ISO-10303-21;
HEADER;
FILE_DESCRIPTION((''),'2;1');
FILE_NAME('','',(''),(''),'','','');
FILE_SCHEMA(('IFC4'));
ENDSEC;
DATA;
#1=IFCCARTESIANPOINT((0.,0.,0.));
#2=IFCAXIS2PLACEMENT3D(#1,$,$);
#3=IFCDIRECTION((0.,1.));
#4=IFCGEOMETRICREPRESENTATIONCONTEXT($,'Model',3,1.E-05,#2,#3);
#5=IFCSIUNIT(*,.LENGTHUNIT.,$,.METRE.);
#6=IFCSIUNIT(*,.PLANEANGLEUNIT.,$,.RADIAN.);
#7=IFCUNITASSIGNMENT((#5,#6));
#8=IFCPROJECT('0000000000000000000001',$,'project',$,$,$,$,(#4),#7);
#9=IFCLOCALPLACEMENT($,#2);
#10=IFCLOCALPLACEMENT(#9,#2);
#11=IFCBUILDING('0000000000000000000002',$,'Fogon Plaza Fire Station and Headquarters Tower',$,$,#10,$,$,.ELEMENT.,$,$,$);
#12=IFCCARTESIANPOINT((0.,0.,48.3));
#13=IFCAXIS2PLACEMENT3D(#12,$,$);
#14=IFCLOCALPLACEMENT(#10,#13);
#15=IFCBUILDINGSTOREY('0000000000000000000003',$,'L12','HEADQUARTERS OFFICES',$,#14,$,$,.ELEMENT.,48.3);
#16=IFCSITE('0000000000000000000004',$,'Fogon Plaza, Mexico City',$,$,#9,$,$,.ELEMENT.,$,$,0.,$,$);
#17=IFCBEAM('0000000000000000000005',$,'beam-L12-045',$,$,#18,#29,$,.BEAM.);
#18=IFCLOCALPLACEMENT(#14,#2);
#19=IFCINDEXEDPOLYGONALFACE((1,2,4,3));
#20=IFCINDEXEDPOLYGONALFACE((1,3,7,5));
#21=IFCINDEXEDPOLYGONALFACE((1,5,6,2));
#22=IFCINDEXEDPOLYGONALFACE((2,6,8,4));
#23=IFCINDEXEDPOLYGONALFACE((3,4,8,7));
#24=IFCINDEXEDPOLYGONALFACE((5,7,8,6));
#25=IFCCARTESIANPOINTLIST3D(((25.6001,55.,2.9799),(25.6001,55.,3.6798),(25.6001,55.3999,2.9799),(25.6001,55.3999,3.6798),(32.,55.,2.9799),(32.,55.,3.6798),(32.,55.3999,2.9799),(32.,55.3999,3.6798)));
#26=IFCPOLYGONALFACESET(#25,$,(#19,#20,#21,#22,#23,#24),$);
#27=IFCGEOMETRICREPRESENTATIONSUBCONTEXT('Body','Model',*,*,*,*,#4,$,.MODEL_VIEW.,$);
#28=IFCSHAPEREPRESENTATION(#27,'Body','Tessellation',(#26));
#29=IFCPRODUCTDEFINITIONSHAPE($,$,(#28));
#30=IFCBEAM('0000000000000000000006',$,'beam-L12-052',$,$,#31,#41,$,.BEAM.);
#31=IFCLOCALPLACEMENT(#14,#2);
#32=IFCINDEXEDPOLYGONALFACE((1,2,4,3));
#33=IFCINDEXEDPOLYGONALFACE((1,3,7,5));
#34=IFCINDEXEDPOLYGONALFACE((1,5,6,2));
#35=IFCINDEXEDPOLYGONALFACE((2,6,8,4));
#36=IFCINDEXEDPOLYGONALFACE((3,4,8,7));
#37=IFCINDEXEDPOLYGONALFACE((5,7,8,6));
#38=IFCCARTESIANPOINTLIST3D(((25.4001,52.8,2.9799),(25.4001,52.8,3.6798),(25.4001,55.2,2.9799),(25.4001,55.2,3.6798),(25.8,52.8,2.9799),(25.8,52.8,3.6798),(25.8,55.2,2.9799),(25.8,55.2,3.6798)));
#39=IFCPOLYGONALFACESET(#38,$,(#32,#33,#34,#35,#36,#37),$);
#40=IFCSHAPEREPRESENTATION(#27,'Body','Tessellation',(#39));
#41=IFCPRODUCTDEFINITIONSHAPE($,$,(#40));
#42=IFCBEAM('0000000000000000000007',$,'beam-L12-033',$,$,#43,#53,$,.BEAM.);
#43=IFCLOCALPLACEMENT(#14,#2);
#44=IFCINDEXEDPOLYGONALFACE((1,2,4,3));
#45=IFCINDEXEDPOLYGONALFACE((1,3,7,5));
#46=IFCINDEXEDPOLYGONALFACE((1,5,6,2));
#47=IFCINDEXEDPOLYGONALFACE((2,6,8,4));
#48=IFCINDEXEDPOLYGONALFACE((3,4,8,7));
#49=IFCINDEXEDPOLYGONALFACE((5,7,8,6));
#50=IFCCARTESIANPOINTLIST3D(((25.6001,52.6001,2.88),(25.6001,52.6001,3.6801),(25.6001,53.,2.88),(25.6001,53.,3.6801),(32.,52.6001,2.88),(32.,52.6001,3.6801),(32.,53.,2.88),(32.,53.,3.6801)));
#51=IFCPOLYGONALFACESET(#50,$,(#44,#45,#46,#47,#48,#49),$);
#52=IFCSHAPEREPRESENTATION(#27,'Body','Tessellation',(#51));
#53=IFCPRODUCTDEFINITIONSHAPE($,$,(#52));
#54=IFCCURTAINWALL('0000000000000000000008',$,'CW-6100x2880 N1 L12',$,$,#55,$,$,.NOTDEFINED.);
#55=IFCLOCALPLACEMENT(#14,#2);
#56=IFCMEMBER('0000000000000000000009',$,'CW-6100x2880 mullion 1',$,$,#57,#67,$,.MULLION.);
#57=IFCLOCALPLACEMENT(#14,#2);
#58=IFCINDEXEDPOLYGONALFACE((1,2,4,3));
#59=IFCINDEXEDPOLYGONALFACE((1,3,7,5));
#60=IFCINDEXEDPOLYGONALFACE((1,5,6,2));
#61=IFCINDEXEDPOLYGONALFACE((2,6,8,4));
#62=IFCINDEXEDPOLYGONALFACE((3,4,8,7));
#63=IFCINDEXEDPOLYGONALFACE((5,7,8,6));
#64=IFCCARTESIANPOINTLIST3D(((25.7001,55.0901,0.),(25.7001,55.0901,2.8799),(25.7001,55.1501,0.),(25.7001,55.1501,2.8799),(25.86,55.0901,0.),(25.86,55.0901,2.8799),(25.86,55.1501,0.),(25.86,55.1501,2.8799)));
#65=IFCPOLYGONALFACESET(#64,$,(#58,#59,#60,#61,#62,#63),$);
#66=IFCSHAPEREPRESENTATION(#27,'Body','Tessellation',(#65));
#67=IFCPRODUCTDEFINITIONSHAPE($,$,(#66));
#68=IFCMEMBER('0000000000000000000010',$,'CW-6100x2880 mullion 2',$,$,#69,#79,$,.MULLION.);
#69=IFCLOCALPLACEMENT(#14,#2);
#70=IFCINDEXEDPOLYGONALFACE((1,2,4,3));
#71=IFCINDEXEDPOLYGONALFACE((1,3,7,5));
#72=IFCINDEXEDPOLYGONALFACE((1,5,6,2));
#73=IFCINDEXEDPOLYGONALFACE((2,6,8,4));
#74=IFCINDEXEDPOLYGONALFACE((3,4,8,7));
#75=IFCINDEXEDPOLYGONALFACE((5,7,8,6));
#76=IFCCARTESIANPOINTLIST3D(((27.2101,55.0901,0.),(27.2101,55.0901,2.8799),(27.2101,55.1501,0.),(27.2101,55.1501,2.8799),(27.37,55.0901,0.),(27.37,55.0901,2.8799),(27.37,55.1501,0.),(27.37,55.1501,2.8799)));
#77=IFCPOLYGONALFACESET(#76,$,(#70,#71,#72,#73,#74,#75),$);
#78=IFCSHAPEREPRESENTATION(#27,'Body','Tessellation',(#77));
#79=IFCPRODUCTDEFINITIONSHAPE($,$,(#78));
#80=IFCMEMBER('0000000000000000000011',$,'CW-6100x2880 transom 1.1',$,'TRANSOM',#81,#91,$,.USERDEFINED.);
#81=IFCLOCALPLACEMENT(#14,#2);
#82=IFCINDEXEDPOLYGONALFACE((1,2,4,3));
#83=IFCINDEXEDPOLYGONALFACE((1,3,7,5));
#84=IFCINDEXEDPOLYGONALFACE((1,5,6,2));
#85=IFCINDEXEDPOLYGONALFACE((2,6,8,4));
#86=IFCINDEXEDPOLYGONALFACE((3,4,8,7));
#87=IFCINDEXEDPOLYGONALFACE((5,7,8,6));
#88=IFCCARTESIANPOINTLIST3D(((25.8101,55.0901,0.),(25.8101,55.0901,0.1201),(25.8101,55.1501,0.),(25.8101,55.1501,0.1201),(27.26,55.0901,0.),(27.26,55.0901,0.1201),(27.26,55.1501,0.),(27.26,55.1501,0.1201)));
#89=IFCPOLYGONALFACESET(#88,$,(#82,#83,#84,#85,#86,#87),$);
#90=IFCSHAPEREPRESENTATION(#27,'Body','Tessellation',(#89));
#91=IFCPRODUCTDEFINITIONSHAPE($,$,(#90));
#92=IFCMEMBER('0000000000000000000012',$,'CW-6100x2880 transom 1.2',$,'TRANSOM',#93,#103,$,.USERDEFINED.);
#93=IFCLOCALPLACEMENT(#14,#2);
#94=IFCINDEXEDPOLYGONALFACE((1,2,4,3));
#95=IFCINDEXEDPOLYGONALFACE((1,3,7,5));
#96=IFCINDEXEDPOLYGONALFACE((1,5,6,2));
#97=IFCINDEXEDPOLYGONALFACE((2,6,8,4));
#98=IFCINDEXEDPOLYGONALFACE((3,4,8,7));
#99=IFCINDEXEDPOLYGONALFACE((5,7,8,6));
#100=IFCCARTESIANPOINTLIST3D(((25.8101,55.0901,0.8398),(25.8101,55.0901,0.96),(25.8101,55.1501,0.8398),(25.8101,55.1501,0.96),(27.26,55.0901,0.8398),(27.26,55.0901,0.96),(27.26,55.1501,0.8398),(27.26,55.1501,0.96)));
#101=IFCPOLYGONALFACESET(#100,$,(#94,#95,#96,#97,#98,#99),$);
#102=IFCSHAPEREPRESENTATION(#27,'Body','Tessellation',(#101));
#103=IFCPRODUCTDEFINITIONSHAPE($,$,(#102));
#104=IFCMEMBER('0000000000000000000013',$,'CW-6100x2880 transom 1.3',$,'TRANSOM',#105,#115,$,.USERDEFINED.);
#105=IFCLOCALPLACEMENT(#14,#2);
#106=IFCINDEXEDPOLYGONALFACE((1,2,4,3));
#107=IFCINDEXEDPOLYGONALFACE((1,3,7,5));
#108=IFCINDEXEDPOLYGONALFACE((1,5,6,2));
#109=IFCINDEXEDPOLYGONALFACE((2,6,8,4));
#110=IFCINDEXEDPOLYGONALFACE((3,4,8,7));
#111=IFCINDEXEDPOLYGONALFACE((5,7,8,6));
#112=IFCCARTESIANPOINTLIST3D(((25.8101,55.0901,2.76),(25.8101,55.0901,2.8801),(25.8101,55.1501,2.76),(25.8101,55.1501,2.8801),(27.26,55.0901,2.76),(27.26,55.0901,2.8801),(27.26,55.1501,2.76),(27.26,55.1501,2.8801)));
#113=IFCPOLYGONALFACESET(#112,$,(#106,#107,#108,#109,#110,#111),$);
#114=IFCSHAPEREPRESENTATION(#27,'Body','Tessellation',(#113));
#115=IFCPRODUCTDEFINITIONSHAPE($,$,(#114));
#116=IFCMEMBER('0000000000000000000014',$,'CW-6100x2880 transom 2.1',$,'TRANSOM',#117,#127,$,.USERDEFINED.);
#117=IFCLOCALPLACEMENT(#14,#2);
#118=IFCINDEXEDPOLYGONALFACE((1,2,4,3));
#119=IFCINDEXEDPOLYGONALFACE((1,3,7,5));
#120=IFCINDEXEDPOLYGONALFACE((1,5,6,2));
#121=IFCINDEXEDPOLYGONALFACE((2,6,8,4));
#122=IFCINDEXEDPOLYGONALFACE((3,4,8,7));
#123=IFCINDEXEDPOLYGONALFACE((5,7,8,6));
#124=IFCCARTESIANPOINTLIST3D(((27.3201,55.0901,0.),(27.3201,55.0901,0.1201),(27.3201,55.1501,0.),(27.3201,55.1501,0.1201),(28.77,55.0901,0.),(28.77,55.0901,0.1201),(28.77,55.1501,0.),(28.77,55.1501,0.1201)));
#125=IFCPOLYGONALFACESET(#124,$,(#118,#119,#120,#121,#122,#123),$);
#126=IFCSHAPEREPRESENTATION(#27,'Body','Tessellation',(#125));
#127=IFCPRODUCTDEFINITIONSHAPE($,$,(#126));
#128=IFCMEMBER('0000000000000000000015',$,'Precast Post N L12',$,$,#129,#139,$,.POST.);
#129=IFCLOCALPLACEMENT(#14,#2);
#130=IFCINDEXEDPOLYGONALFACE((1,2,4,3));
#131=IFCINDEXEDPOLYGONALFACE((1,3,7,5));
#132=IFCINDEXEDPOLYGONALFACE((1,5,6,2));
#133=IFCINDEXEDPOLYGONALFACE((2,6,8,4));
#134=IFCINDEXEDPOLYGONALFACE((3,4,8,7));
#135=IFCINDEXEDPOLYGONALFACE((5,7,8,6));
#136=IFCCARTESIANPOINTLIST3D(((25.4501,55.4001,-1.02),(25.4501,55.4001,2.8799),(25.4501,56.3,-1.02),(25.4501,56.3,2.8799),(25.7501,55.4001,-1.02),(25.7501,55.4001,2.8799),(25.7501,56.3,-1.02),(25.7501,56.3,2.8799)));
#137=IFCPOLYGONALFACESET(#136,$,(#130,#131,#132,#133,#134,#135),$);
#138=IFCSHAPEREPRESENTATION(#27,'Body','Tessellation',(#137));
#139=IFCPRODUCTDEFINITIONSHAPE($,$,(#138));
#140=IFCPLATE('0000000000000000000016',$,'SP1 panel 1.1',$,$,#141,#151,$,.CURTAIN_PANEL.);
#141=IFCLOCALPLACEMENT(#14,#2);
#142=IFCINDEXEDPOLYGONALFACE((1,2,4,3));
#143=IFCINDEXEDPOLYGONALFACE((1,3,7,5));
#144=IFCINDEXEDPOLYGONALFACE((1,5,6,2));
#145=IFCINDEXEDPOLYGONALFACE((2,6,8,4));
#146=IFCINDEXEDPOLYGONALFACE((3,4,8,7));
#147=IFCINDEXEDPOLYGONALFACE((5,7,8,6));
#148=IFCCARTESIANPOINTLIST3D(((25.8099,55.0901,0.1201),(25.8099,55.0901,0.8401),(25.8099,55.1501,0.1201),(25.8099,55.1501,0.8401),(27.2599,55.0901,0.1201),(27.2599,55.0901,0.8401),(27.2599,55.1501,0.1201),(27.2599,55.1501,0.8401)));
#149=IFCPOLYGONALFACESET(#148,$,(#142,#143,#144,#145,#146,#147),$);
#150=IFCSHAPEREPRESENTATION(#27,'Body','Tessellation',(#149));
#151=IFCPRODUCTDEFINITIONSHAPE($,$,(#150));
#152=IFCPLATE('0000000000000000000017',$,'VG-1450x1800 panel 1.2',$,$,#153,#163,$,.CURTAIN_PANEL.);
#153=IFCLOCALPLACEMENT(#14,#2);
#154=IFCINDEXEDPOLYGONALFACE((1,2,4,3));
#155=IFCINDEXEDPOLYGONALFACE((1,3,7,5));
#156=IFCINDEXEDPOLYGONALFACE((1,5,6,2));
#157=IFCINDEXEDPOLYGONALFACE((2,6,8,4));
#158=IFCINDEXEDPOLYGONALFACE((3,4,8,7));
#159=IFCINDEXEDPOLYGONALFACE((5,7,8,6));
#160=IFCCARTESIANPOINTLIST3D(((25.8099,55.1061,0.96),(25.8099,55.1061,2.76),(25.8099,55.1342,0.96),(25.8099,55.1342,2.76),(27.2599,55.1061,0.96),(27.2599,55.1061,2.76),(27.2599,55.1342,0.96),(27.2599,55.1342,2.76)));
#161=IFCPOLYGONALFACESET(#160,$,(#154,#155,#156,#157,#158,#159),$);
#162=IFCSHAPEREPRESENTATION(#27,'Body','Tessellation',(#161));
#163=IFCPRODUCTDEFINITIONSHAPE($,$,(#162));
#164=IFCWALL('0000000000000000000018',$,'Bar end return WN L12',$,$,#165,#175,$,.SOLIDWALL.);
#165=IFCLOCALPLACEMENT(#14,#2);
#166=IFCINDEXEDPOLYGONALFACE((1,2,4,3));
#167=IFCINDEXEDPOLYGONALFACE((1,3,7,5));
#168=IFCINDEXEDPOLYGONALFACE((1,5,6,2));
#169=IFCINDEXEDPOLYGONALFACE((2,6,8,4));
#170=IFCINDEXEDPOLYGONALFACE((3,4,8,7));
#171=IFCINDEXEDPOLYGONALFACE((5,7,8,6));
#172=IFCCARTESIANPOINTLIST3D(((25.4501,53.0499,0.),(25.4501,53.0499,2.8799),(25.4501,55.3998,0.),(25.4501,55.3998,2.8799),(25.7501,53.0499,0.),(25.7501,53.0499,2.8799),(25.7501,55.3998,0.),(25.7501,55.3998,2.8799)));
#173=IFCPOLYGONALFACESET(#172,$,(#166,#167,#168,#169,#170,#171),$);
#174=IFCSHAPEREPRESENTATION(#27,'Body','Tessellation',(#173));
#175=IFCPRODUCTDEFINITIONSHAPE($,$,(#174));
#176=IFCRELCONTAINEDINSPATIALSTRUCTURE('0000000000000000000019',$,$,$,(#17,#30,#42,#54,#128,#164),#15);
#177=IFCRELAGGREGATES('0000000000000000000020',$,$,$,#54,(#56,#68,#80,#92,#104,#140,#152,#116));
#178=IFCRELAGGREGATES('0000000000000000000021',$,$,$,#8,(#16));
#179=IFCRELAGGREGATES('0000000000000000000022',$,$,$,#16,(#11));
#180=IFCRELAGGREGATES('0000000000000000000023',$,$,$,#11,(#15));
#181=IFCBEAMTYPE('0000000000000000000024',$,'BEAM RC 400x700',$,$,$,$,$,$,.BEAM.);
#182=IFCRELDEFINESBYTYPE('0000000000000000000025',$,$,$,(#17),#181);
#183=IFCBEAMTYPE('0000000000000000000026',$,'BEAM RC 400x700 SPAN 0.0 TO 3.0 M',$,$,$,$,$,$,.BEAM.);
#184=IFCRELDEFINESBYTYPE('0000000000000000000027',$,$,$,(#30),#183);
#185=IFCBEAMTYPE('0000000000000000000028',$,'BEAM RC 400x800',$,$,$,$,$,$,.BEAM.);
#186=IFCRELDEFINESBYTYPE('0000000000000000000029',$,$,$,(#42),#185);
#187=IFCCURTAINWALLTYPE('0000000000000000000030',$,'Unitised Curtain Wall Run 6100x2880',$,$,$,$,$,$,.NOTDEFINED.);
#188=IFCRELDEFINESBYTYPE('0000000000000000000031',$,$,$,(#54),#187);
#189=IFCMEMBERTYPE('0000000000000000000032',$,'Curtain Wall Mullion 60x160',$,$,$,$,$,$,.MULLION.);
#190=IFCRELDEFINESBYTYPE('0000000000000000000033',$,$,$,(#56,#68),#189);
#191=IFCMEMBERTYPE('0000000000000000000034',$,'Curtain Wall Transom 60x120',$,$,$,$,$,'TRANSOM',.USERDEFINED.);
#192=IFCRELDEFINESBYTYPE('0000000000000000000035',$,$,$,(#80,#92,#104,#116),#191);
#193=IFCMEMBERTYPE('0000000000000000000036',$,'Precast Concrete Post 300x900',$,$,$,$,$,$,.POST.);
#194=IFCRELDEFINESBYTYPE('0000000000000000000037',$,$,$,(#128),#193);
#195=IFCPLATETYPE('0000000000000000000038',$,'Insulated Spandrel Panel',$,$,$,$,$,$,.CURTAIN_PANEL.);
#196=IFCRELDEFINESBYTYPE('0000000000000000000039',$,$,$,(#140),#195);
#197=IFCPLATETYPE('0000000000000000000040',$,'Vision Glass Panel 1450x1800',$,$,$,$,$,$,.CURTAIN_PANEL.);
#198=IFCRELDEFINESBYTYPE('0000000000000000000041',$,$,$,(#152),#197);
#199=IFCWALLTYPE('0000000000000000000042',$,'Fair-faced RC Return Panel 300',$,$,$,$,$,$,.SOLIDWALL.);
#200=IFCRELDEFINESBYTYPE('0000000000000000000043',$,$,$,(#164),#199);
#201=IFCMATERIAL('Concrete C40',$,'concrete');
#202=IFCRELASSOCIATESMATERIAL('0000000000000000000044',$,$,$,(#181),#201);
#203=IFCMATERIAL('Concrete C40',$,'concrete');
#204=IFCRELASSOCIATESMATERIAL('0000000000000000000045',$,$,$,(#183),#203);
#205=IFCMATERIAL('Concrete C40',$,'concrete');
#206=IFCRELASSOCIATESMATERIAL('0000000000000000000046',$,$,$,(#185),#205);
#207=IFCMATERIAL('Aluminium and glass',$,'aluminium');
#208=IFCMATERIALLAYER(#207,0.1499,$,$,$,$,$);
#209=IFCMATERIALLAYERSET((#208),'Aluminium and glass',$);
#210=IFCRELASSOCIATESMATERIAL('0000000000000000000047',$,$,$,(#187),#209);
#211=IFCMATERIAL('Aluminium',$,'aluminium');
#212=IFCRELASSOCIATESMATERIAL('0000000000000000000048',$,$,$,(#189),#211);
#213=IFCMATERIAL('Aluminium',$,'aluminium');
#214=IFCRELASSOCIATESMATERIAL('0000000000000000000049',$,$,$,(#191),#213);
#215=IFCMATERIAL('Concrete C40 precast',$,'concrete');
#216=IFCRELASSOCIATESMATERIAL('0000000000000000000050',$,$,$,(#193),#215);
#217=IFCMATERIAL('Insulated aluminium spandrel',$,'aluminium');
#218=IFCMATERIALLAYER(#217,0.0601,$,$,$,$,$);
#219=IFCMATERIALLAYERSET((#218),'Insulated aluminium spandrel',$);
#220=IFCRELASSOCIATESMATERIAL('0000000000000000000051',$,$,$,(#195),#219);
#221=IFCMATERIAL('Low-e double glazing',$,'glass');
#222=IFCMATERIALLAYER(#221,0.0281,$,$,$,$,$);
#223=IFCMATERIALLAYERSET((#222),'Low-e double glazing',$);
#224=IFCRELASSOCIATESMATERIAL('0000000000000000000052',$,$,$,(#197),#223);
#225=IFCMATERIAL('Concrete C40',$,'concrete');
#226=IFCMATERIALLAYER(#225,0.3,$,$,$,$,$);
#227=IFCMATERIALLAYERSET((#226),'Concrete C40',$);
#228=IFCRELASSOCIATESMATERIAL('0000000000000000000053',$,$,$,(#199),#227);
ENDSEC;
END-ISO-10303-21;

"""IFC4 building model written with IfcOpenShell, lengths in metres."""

from ifc_helpers import new_model, si_unit, direction, frame, frame_2d, origin, origin_2d, place, context, subcontext, project, spatial, rectangle, extrude, material, layer, layer_set, material_profile, profile_set, type_object, element, aggregate, save


model = new_model("IFC4")

# Units and contexts
model_context = context("Model", 3, precision=1e-05, world=origin(), true_north=direction((0.0, 1.0)))
body_context = subcontext(model_context, "Body", "Model", "MODEL_VIEW")
ifc_project = project(units=[si_unit("LENGTHUNIT", "METRE"), si_unit("PLANEANGLEUNIT", "RADIAN")], contexts=[model_context])

# Site, building, storey
site_placement = place(None, origin())
site = spatial("IfcSite", under=ifc_project, at=site_placement, Name="Fogon Plaza, Mexico City", CompositionType="ELEMENT", RefElevation=0.0)
building_placement = place(site_placement, origin())
building = spatial("IfcBuilding", under=site, at=building_placement, Name="Fogon Plaza Fire Station and Headquarters Tower", CompositionType="ELEMENT")
storey_placement = place(building_placement, frame((0.0, 0.0, 48.3)))
storey = spatial("IfcBuildingStorey", under=building, at=storey_placement, Name="L12", Description="HEADQUARTERS OFFICES", CompositionType="ELEMENT", Elevation=48.3)

# Beams
ifc_material_1 = material(Name="Concrete C40", Category="concrete")
ifc_material_profile_1 = material_profile(ifc_material_1, rectangle(XDim=0.3999, YDim=0.7, at=origin_2d()), Name="RC 400x700")
ifc_profile_set_1 = profile_set([ifc_material_profile_1], Name="Concrete C40")
beam_type_1 = type_object("IfcBeamType", Name="BEAM RC 400x700", PredefinedType="BEAM", material=ifc_profile_set_1)
beam_1_placement = place(storey_placement, frame((25.6001, 55.2, 3.3298), z_axis=(1.0, 0.0, 0.0), x_axis=(0.0, 1.0, 0.0)))
element("IfcBeam", 1, at=beam_1_placement, inside=storey, type_object=beam_type_1, Name="beam-L12-045", PredefinedType="BEAM", context=body_context, shape_type="SweptSolid", body=[
    extrude(rectangle(XDim=0.3999, YDim=0.7, at=origin_2d()), origin(), (0.0, 0.0, 1.0), 6.3999),
])
ifc_material_2 = material(Name="Concrete C40", Category="concrete")
ifc_material_profile_2 = material_profile(ifc_material_2, rectangle(XDim=0.3999, YDim=0.7, at=origin_2d()), Name="RC 400x700")
ifc_profile_set_2 = profile_set([ifc_material_profile_2], Name="Concrete C40")
beam_type_2 = type_object("IfcBeamType", Name="BEAM RC 400x700 SPAN 0.0 TO 3.0 M", PredefinedType="BEAM", material=ifc_profile_set_2)
beam_2_placement = place(storey_placement, frame((25.6001, 52.8, 3.3298), z_axis=(0.0, 1.0, 0.0), x_axis=(-1.0, 0.0, 0.0)))
element("IfcBeam", 2, at=beam_2_placement, inside=storey, type_object=beam_type_2, Name="beam-L12-052", PredefinedType="BEAM", context=body_context, shape_type="SweptSolid", body=[
    extrude(rectangle(XDim=0.3999, YDim=0.7, at=origin_2d()), origin(), (0.0, 0.0, 1.0), 2.3999),
])
ifc_material_3 = material(Name="Concrete C40", Category="concrete")
ifc_material_profile_3 = material_profile(ifc_material_3, rectangle(XDim=0.3999, YDim=0.8, at=origin_2d()), Name="RC 400x800")
ifc_profile_set_3 = profile_set([ifc_material_profile_3], Name="Concrete C40")
beam_type_3 = type_object("IfcBeamType", Name="BEAM RC 400x800", PredefinedType="BEAM", material=ifc_profile_set_3)
beam_3_placement = place(storey_placement, frame((25.6001, 52.8, 3.28), z_axis=(1.0, 0.0, 0.0), x_axis=(0.0, 1.0, 0.0)))
element("IfcBeam", 3, at=beam_3_placement, inside=storey, type_object=beam_type_3, Name="beam-L12-033", PredefinedType="BEAM", context=body_context, shape_type="SweptSolid", body=[
    extrude(rectangle(XDim=0.3999, YDim=0.8, at=origin_2d()), origin(), (0.0, 0.0, 1.0), 6.3999),
])

# Curtain wall, members
ifc_material_4 = material(Name="Aluminium and glass", Category="aluminium")
ifc_layer_1 = layer(ifc_material_4, 0.1499)
ifc_layer_set_1 = layer_set([ifc_layer_1], Name="Aluminium and glass")
curtain_wall_type = type_object("IfcCurtainWallType", Name="Unitised Curtain Wall Run 6100x2880", PredefinedType="NOTDEFINED", material=ifc_layer_set_1)
curtain_wall_placement = place(storey_placement, origin())
curtain_wall = element("IfcCurtainWall", 4, at=curtain_wall_placement, inside=storey, type_object=curtain_wall_type, Name="CW-6100x2880 N1 L12", PredefinedType="NOTDEFINED")
ifc_material_5 = material(Name="Aluminium", Category="aluminium")
ifc_material_profile_4 = material_profile(ifc_material_5, rectangle(XDim=0.0601, YDim=0.1599, at=origin_2d()), Name="Curtain Wall Mullion 60x160")
ifc_profile_set_4 = profile_set([ifc_material_profile_4], Name="Aluminium")
member_type_1 = type_object("IfcMemberType", Name="Curtain Wall Mullion 60x160", PredefinedType="MULLION", material=ifc_profile_set_4)
member_1_placement = place(storey_placement, frame((25.78, 55.1201, 0.0), z_axis=(0.0, 0.0, 1.0), x_axis=(0.0, 1.0, 0.0)))
member_1 = element("IfcMember", 5, at=member_1_placement, type_object=member_type_1, Name="CW-6100x2880 mullion 1", PredefinedType="MULLION", context=body_context, shape_type="SweptSolid", body=[
    extrude(rectangle(XDim=0.0601, YDim=0.1599, at=origin_2d()), origin(), (0.0, 0.0, 1.0), 2.8799),
])
member_2_placement = place(storey_placement, frame((27.29, 55.1201, 0.0), z_axis=(0.0, 0.0, 1.0), x_axis=(0.0, 1.0, 0.0)))
member_2 = element("IfcMember", 6, at=member_2_placement, type_object=member_type_1, Name="CW-6100x2880 mullion 2", PredefinedType="MULLION", context=body_context, shape_type="SweptSolid", body=[
    extrude(rectangle(XDim=0.0601, YDim=0.1599, at=origin_2d()), origin(), (0.0, 0.0, 1.0), 2.8799),
])
ifc_material_6 = material(Name="Aluminium", Category="aluminium")
ifc_material_profile_5 = material_profile(ifc_material_6, rectangle(XDim=0.0601, YDim=0.1201, at=origin_2d()), Name="Curtain Wall Transom 60x120")
ifc_profile_set_5 = profile_set([ifc_material_profile_5], Name="Aluminium")
member_type_2 = type_object("IfcMemberType", Name="Curtain Wall Transom 60x120", ElementType="TRANSOM", PredefinedType="USERDEFINED", material=ifc_profile_set_5)
member_3_placement = place(storey_placement, frame((25.8101, 55.1201, 0.0601), z_axis=(1.0, 0.0, 0.0), x_axis=(0.0, 1.0, 0.0)))
member_3 = element("IfcMember", 7, at=member_3_placement, type_object=member_type_2, Name="CW-6100x2880 transom 1.1", ObjectType="TRANSOM", PredefinedType="USERDEFINED", context=body_context, shape_type="SweptSolid", body=[
    extrude(rectangle(XDim=0.0601, YDim=0.1201, at=origin_2d()), origin(), (0.0, 0.0, 1.0), 1.45),
])
member_4_placement = place(storey_placement, frame((25.8101, 55.1201, 0.8999), z_axis=(1.0, 0.0, 0.0), x_axis=(0.0, 1.0, 0.0)))
member_4 = element("IfcMember", 8, at=member_4_placement, type_object=member_type_2, Name="CW-6100x2880 transom 1.2", ObjectType="TRANSOM", PredefinedType="USERDEFINED", context=body_context, shape_type="SweptSolid", body=[
    extrude(rectangle(XDim=0.0601, YDim=0.1201, at=origin_2d()), origin(), (0.0, 0.0, 1.0), 1.45),
])
member_5_placement = place(storey_placement, frame((25.8101, 55.1201, 2.8201), z_axis=(1.0, 0.0, 0.0), x_axis=(0.0, 1.0, 0.0)))
member_5 = element("IfcMember", 9, at=member_5_placement, type_object=member_type_2, Name="CW-6100x2880 transom 1.3", ObjectType="TRANSOM", PredefinedType="USERDEFINED", context=body_context, shape_type="SweptSolid", body=[
    extrude(rectangle(XDim=0.0601, YDim=0.1201, at=origin_2d()), origin(), (0.0, 0.0, 1.0), 1.45),
])
member_6_placement = place(storey_placement, frame((27.3201, 55.1201, 0.0601), z_axis=(1.0, 0.0, 0.0), x_axis=(0.0, 1.0, 0.0)))
member_6 = element("IfcMember", 10, at=member_6_placement, type_object=member_type_2, Name="CW-6100x2880 transom 2.1", ObjectType="TRANSOM", PredefinedType="USERDEFINED", context=body_context, shape_type="SweptSolid", body=[
    extrude(rectangle(XDim=0.0601, YDim=0.1201, at=origin_2d()), origin(), (0.0, 0.0, 1.0), 1.45),
])

# Member
ifc_material_7 = material(Name="Concrete C40 precast", Category="concrete")
ifc_material_profile_6 = material_profile(ifc_material_7, rectangle(XDim=0.3, YDim=0.8999, at=origin_2d()), Name="Precast Concrete Post 300x900")
ifc_profile_set_6 = profile_set([ifc_material_profile_6], Name="Concrete C40 precast")
member_type_3 = type_object("IfcMemberType", Name="Precast Concrete Post 300x900", PredefinedType="POST", material=ifc_profile_set_6)
member_7_placement = place(storey_placement, frame((25.6001, 55.8501, -1.02), z_axis=(0.0, 0.0, 1.0), x_axis=(1.0, 0.0, 0.0)))
element("IfcMember", 11, at=member_7_placement, inside=storey, type_object=member_type_3, Name="Precast Post N L12", PredefinedType="POST", context=body_context, shape_type="SweptSolid", body=[
    extrude(rectangle(XDim=0.3, YDim=0.8999, at=origin_2d()), origin(), (0.0, 0.0, 1.0), 3.8999),
])

# Plates
ifc_material_8 = material(Name="Insulated aluminium spandrel", Category="aluminium")
ifc_layer_2 = layer(ifc_material_8, 0.0601)
ifc_layer_set_2 = layer_set([ifc_layer_2], Name="Insulated aluminium spandrel")
plate_type_1 = type_object("IfcPlateType", Name="Insulated Spandrel Panel", PredefinedType="CURTAIN_PANEL", material=ifc_layer_set_2)
plate_1_placement = place(storey_placement, frame((26.5349, 55.1201, 0.1201), z_axis=(0.0, 0.0, 1.0), x_axis=(1.0, 0.0, 0.0)))
plate_1 = element("IfcPlate", 12, at=plate_1_placement, type_object=plate_type_1, Name="SP1 panel 1.1", PredefinedType="CURTAIN_PANEL", context=body_context, shape_type="SweptSolid", body=[
    extrude(rectangle(XDim=1.45, YDim=0.0601, at=origin_2d()), origin(), (0.0, 0.0, 1.0), 0.72),
])
ifc_material_9 = material(Name="Low-e double glazing", Category="glass")
ifc_layer_3 = layer(ifc_material_9, 0.0281)
ifc_layer_set_3 = layer_set([ifc_layer_3], Name="Low-e double glazing")
plate_type_2 = type_object("IfcPlateType", Name="Vision Glass Panel 1450x1800", PredefinedType="CURTAIN_PANEL", material=ifc_layer_set_3)
plate_2_placement = place(storey_placement, frame((26.5349, 55.1201, 0.96), z_axis=(0.0, 0.0, 1.0), x_axis=(1.0, 0.0, 0.0)))
plate_2 = element("IfcPlate", 13, at=plate_2_placement, type_object=plate_type_2, Name="VG-1450x1800 panel 1.2", PredefinedType="CURTAIN_PANEL", context=body_context, shape_type="SweptSolid", body=[
    extrude(rectangle(XDim=1.45, YDim=0.0281, at=origin_2d()), origin(), (0.0, 0.0, 1.0), 1.8),
])
aggregate(curtain_wall, [member_1, member_2, member_3, member_4, member_5, plate_1, plate_2, member_6])

# Wall
ifc_material_10 = material(Name="Concrete C40", Category="concrete")
ifc_layer_4 = layer(ifc_material_10, 0.3)
ifc_layer_set_4 = layer_set([ifc_layer_4], Name="Concrete C40")
wall_type_1 = type_object("IfcWallType", Name="Fair-faced RC Return Panel 300", PredefinedType="SOLIDWALL", material=ifc_layer_set_4)
wall_1_placement = place(storey_placement, frame((25.6001, 53.05, 0.0), z_axis=(0.0, 0.0, 1.0), x_axis=(0.0, 1.0, 0.0)))
element("IfcWall", 14, at=wall_1_placement, inside=storey, type_object=wall_type_1, Name="Bar end return WN L12", PredefinedType="SOLIDWALL", context=body_context, shape_type="SweptSolid", body=[
    extrude(rectangle(XDim=2.3499, YDim=0.3, at=frame_2d((1.1748, 0.0))), origin(), (0.0, 0.0, 1.0), 2.8799),
])

save(model, "model.ifc")
